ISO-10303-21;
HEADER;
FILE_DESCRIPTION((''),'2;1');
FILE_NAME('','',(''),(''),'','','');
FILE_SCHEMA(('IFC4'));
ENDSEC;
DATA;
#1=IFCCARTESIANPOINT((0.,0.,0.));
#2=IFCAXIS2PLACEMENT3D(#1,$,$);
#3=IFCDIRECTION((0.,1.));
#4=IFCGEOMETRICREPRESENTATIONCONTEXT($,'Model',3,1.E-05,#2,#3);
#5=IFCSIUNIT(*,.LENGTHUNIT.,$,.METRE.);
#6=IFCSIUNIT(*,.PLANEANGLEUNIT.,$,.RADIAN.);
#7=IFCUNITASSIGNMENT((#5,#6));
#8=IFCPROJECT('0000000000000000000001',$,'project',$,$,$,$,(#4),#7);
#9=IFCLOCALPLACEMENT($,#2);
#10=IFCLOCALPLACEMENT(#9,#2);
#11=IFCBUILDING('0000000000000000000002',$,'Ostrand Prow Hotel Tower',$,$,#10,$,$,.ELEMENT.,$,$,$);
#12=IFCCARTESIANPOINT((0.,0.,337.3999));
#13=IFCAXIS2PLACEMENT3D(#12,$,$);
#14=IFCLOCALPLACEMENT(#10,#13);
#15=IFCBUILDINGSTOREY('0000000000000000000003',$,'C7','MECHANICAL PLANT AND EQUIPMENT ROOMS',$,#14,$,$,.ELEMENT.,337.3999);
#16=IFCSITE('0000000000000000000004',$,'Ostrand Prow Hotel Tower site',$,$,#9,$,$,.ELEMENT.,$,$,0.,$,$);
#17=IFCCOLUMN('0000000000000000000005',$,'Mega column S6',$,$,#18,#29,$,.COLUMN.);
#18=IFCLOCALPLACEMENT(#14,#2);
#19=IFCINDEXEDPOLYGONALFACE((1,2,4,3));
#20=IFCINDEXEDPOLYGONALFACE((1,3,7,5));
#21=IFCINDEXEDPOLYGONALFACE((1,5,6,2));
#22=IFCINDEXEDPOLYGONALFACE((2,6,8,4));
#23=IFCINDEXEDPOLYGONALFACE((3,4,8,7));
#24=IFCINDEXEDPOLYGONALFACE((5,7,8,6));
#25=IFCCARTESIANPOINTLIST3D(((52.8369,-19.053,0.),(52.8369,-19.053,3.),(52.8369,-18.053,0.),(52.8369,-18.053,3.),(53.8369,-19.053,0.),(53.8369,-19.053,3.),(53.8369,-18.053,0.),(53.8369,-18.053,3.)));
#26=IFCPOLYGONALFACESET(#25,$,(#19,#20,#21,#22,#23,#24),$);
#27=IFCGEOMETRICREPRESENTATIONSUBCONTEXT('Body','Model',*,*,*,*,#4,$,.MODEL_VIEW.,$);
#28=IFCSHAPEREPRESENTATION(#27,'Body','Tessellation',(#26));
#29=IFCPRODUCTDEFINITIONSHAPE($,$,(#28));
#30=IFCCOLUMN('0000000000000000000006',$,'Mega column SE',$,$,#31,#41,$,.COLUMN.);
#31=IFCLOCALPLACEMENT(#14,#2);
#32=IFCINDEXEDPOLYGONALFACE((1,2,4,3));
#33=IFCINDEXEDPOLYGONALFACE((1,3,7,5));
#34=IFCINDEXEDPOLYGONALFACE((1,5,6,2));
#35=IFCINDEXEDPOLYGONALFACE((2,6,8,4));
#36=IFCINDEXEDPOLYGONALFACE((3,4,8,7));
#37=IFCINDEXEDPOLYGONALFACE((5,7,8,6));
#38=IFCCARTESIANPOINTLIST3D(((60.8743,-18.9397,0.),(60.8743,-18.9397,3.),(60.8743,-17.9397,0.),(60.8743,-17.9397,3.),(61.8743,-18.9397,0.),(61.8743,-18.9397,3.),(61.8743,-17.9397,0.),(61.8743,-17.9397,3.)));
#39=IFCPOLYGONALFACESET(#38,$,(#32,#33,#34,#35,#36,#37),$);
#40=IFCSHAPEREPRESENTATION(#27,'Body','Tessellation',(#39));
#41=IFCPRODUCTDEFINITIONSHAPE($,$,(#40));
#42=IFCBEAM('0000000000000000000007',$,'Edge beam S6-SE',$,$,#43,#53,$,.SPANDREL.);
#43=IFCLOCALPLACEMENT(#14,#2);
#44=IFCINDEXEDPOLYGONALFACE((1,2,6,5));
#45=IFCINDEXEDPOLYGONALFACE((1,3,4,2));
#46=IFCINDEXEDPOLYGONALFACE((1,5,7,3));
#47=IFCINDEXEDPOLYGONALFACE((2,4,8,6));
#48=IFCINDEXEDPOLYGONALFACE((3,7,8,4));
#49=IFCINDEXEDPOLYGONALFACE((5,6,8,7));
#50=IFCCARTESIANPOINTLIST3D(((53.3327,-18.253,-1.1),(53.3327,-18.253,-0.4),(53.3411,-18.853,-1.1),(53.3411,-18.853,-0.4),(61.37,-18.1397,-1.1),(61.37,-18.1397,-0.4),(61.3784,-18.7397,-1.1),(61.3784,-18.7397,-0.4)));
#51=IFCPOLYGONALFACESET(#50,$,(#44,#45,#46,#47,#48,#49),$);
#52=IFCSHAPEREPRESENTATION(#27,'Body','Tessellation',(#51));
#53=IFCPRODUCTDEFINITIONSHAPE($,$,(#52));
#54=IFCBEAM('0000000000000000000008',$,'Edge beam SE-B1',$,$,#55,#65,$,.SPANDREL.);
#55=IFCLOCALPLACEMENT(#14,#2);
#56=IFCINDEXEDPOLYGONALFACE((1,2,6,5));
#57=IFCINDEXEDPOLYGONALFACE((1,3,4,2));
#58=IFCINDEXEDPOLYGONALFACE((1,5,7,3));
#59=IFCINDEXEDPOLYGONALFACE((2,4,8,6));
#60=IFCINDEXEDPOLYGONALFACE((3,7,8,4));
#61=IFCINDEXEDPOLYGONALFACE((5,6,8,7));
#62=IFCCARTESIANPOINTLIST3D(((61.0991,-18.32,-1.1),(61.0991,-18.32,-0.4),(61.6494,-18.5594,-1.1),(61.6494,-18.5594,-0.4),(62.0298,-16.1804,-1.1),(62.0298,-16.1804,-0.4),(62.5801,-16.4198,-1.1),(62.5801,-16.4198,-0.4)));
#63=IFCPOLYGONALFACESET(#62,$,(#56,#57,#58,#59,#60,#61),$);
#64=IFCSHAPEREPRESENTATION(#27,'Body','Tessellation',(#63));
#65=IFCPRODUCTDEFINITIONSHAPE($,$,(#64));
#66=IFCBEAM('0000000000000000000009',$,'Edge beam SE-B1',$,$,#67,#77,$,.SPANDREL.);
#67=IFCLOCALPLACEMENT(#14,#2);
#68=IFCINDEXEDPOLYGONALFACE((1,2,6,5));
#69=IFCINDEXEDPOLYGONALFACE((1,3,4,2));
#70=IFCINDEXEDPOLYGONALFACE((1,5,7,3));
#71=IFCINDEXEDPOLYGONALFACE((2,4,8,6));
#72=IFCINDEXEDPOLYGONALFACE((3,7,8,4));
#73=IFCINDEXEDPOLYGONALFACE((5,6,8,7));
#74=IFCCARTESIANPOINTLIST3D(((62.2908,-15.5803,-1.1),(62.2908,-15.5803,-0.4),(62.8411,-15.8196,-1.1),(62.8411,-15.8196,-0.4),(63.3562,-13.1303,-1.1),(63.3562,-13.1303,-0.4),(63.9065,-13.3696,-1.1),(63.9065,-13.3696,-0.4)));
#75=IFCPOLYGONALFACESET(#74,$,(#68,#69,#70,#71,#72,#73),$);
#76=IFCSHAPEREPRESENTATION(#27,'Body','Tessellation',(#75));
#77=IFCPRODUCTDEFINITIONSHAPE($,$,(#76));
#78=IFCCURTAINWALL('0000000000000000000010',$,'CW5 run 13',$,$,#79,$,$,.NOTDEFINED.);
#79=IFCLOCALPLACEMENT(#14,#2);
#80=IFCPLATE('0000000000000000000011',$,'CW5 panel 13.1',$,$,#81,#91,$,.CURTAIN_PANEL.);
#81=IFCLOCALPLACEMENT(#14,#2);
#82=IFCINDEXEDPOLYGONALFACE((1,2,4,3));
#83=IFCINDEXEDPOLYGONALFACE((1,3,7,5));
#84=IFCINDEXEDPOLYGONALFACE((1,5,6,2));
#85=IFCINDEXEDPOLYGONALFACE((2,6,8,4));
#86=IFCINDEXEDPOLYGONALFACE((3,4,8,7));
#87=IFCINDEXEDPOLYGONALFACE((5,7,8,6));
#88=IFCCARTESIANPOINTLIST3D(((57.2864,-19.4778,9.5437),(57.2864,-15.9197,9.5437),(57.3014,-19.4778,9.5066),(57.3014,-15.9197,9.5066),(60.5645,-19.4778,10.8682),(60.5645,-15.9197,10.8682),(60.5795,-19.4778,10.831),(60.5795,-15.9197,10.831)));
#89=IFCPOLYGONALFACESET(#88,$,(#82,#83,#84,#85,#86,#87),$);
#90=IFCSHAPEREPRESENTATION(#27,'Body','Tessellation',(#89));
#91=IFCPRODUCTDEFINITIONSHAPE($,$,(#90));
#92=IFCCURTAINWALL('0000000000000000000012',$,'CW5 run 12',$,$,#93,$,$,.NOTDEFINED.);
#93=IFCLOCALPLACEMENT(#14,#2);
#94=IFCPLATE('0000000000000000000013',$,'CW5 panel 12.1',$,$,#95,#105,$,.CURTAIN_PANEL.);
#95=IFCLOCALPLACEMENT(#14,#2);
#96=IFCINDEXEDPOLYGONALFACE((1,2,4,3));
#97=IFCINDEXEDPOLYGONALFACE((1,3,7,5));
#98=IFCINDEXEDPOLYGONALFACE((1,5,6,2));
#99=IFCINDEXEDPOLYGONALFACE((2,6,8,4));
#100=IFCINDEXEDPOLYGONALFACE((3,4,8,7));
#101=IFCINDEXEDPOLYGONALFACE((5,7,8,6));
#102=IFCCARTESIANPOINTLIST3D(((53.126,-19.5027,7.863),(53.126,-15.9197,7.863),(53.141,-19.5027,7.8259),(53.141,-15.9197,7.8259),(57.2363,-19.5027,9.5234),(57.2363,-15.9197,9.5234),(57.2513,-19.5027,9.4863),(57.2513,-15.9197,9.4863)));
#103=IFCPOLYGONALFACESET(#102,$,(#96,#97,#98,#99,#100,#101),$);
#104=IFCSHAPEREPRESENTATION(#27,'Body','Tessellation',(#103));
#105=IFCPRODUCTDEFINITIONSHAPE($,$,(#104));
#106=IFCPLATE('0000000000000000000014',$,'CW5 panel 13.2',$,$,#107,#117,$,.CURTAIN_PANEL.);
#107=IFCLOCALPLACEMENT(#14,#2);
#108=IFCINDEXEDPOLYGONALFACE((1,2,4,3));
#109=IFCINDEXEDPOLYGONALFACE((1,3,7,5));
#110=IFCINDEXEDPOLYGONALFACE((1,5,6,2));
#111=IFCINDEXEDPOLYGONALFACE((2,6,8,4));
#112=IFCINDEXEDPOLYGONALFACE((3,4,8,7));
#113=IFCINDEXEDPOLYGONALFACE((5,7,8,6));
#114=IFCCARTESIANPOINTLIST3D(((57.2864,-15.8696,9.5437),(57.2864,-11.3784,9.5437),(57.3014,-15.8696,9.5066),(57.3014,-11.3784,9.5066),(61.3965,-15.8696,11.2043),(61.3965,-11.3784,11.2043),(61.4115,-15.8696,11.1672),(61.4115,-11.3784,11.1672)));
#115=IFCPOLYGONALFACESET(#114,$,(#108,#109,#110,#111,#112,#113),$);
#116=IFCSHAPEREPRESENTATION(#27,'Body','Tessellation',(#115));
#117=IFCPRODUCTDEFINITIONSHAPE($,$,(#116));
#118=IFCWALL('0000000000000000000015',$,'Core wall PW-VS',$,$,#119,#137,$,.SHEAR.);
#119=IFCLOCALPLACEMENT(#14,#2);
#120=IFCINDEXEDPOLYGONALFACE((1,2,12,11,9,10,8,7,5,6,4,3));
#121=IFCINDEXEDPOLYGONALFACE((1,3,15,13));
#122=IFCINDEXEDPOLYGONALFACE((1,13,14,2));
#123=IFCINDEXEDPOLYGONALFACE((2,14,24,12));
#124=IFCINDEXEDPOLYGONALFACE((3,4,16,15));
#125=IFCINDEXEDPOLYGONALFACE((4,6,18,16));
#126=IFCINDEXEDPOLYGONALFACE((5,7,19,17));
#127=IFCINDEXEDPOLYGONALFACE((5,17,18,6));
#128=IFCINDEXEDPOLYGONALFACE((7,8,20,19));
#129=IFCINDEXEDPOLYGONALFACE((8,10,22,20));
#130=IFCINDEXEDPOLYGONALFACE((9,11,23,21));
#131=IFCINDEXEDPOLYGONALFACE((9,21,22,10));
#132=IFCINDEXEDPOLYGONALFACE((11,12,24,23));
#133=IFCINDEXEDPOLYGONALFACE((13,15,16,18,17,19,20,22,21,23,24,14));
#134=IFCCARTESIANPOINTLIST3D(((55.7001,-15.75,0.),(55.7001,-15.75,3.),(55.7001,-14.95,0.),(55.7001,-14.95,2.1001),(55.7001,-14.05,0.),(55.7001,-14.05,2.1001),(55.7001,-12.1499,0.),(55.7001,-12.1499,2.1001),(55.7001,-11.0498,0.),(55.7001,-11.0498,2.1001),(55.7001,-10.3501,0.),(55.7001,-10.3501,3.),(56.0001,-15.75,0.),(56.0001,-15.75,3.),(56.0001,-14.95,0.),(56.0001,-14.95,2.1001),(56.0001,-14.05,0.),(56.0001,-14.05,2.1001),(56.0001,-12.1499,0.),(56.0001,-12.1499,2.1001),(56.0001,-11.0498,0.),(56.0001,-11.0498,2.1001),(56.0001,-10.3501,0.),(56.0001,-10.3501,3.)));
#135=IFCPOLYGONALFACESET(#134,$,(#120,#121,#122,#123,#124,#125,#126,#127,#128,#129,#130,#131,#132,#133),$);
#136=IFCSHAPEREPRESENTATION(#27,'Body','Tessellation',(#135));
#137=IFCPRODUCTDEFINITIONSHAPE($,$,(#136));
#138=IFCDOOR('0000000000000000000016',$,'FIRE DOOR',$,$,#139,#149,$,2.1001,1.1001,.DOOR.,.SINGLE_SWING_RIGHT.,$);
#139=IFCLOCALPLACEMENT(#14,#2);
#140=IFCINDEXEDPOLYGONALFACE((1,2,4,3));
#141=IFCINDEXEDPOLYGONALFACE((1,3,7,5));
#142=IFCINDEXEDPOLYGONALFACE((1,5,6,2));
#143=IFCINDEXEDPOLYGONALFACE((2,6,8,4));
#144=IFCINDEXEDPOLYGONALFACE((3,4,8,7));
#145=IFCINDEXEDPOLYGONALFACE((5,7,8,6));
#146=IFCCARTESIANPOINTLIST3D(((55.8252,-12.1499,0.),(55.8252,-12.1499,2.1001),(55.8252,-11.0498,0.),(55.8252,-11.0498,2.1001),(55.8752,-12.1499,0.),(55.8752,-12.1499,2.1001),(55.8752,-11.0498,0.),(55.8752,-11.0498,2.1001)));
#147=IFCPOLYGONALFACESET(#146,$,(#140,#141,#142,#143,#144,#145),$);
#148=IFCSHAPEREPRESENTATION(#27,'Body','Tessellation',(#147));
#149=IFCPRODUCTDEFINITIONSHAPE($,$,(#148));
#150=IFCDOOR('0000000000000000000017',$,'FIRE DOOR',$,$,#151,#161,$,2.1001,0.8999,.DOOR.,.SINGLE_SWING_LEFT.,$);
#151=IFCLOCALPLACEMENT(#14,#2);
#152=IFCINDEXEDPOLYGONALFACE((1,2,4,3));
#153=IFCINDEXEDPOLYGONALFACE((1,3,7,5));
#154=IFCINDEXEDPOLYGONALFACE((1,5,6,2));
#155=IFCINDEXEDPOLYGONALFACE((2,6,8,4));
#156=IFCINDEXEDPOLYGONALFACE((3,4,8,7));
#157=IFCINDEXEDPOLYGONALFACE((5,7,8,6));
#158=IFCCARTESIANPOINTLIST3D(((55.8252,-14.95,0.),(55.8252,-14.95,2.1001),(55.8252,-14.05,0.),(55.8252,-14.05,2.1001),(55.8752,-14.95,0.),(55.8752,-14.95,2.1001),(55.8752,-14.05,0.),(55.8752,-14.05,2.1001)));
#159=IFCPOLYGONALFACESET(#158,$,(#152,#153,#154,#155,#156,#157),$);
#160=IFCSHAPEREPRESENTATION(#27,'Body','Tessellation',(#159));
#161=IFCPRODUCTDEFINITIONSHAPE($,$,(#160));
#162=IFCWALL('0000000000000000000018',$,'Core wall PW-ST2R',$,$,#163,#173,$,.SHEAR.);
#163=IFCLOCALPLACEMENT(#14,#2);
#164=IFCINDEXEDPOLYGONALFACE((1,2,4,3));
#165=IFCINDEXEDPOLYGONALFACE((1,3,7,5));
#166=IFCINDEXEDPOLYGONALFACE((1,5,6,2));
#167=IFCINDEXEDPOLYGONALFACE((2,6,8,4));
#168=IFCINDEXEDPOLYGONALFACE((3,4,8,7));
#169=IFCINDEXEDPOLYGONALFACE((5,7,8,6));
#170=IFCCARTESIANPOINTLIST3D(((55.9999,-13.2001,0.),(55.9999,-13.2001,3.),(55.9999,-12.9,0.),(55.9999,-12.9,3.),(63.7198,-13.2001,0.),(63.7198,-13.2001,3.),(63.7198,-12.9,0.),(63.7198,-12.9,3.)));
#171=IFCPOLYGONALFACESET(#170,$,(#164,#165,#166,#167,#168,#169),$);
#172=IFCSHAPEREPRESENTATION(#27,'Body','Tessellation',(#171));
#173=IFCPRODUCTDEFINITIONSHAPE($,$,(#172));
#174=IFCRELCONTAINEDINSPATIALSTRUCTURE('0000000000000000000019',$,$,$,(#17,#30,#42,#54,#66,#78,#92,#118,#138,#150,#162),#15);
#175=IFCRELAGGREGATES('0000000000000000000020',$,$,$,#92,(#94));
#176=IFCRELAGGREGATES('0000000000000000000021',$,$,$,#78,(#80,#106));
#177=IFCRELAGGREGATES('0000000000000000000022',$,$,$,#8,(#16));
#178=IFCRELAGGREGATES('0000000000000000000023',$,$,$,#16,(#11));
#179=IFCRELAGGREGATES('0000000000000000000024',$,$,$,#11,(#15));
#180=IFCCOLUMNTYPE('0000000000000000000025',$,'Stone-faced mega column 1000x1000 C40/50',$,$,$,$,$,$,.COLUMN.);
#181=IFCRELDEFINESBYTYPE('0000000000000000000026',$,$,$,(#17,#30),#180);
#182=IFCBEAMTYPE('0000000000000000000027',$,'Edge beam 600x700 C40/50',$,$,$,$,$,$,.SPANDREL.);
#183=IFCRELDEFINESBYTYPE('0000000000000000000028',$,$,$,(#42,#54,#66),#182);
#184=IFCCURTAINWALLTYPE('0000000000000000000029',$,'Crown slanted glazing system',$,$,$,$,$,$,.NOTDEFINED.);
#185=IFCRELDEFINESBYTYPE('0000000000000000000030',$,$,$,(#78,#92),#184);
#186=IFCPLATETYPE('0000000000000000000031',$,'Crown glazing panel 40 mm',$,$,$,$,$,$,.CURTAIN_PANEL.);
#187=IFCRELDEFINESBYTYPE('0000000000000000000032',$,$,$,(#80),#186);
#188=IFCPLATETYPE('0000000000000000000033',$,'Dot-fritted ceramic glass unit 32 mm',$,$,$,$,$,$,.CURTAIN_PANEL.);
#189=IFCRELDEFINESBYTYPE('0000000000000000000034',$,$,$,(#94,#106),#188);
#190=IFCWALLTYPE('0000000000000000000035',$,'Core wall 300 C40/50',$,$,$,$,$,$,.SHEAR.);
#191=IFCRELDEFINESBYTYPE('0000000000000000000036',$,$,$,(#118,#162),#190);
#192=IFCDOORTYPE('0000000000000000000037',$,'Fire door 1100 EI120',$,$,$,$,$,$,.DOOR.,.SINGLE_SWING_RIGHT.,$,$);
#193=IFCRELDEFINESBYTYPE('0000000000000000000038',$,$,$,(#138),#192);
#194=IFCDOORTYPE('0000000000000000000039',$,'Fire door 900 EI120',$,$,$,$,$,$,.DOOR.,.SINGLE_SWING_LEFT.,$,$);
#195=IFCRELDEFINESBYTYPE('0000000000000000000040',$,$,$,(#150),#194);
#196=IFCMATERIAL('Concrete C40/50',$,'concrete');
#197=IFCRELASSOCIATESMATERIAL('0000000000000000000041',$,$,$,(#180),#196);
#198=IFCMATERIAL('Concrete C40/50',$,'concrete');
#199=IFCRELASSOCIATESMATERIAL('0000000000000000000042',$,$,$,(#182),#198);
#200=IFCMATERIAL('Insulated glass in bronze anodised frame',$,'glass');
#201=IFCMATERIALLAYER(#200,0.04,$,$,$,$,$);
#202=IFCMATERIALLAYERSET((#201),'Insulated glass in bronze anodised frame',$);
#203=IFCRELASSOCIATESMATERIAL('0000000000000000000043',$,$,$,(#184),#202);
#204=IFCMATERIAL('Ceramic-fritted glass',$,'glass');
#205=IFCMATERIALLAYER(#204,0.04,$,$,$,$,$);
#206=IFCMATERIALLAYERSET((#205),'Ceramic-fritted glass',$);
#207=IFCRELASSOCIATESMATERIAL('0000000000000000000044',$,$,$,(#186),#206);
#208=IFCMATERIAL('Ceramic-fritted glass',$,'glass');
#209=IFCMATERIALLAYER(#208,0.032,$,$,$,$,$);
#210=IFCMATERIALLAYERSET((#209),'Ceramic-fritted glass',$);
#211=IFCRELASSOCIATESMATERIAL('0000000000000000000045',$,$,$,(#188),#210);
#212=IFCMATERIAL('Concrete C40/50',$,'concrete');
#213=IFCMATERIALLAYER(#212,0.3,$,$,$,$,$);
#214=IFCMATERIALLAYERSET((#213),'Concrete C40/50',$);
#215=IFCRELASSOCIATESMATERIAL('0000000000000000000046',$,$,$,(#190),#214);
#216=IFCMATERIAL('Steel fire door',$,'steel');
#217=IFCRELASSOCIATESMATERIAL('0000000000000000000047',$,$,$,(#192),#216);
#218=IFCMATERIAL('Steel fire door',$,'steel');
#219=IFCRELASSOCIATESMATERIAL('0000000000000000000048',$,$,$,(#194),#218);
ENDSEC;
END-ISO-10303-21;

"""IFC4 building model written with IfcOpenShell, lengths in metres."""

from ifc_helpers import new_model, si_unit, direction, frame, frame_2d, origin, origin_2d, place, context, subcontext, project, spatial, polyline, rectangle, outline, extrude, material, layer, layer_set, material_profile, profile_set, type_object, element, fill, aggregate, save


model = new_model("IFC4")

# Units and contexts
model_context = context("Model", 3, precision=1e-05, world=origin(), true_north=direction((0.0, 1.0)))
body_context = subcontext(model_context, "Body", "Model", "MODEL_VIEW")
ifc_project = project(units=[si_unit("LENGTHUNIT", "METRE"), si_unit("PLANEANGLEUNIT", "RADIAN")], contexts=[model_context])

# Site, building, storey
site_placement = place(None, origin())
site = spatial("IfcSite", under=ifc_project, at=site_placement, Name="Ostrand Prow Hotel Tower site", CompositionType="ELEMENT", RefElevation=0.0)
building_placement = place(site_placement, origin())
building = spatial("IfcBuilding", under=site, at=building_placement, Name="Ostrand Prow Hotel Tower", CompositionType="ELEMENT")
storey_placement = place(building_placement, frame((0.0, 0.0, 337.3999)))
storey = spatial("IfcBuildingStorey", under=building, at=storey_placement, Name="C7", Description="MECHANICAL PLANT AND EQUIPMENT ROOMS", CompositionType="ELEMENT", Elevation=337.3999)

# Columns
ifc_material_1 = material(Name="Concrete C40/50", Category="concrete")
ifc_material_profile_1 = material_profile(ifc_material_1, rectangle(XDim=1.0, YDim=1.0, at=origin_2d()), Name="RC 1000x1000")
ifc_profile_set_1 = profile_set([ifc_material_profile_1], Name="Concrete C40/50")
column_type = type_object("IfcColumnType", Name="Stone-faced mega column 1000x1000 C40/50", PredefinedType="COLUMN", material=ifc_profile_set_1)
for number, where, z_axis, x_axis, name in (
    (1, (53.3369, -18.553, 0.0), (0.0, 0.0, 1.0), (1.0, 0.0, 0.0), "Mega column S6"),
    (2, (61.3743, -18.4397, 0.0), (0.0, 0.0, 1.0), (1.0, 0.0, 0.0), "Mega column SE"),
):
    element("IfcColumn", number, at=place(storey_placement, frame(where, z_axis=z_axis, x_axis=x_axis)), inside=storey, type_object=column_type, Name=name, PredefinedType="COLUMN", context=body_context, shape_type="SweptSolid", body=[
        extrude(rectangle(XDim=1.0, YDim=1.0, at=origin_2d()), origin(), (0.0, 0.0, 1.0), 3.0),
    ])

# Beams
ifc_material_2 = material(Name="Concrete C40/50", Category="concrete")
ifc_material_profile_2 = material_profile(ifc_material_2, rectangle(XDim=0.6001, YDim=0.7, at=origin_2d()), Name="RC 600x700")
ifc_profile_set_2 = profile_set([ifc_material_profile_2], Name="Concrete C40/50")
beam_type = type_object("IfcBeamType", Name="Edge beam 600x700 C40/50", PredefinedType="SPANDREL", material=ifc_profile_set_2)
beam_1_placement = place(storey_placement, frame((53.3369, -18.553, -0.75), z_axis=(0.999901, 0.014093, 0.0), x_axis=(-0.014093, 0.999901, 0.0)))
element("IfcBeam", 3, at=beam_1_placement, inside=storey, type_object=beam_type, Name="Edge beam S6-SE", PredefinedType="SPANDREL", context=body_context, shape_type="SweptSolid", body=[
    extrude(rectangle(XDim=0.6001, YDim=0.7, at=origin_2d()), origin(), (0.0, 0.0, 1.0), 8.0381),
])
beam_2_placement = place(storey_placement, frame((61.3743, -18.4397, -0.75), z_axis=(0.398864, 0.91701, 0.0), x_axis=(-0.91701, 0.398864, 0.0)))
element("IfcBeam", 4, at=beam_2_placement, inside=storey, type_object=beam_type, Name="Edge beam SE-B1", PredefinedType="SPANDREL", context=body_context, shape_type="SweptSolid", body=[
    extrude(rectangle(XDim=0.6001, YDim=0.7, at=origin_2d()), origin(), (0.0, 0.0, 1.0), 2.3333),
])
beam_3_placement = place(storey_placement, frame((62.5659, -15.7, -0.75), z_axis=(0.3988, 0.917038, 0.0), x_axis=(-0.917038, 0.3988, 0.0)))
element("IfcBeam", 5, at=beam_3_placement, inside=storey, type_object=beam_type, Name="Edge beam SE-B1", PredefinedType="SPANDREL", context=body_context, shape_type="SweptSolid", body=[
    extrude(rectangle(XDim=0.6001, YDim=0.7, at=origin_2d()), origin(), (0.0, 0.0, 1.0), 2.6716),
])

# Curtain walls, plates
ifc_material_3 = material(Name="Insulated glass in bronze anodised frame", Category="glass")
ifc_layer_1 = layer(ifc_material_3, 0.04)
ifc_layer_set_1 = layer_set([ifc_layer_1], Name="Insulated glass in bronze anodised frame")
curtain_wall_type = type_object("IfcCurtainWallType", Name="Crown slanted glazing system", PredefinedType="NOTDEFINED", material=ifc_layer_set_1)
curtain_wall_1_placement = place(storey_placement, origin())
curtain_wall_1 = element("IfcCurtainWall", 6, at=curtain_wall_1_placement, inside=storey, type_object=curtain_wall_type, Name="CW5 run 13", PredefinedType="NOTDEFINED")
ifc_material_4 = material(Name="Ceramic-fritted glass", Category="glass")
ifc_layer_2 = layer(ifc_material_4, 0.04)
ifc_layer_set_2 = layer_set([ifc_layer_2], Name="Ceramic-fritted glass")
plate_type_1 = type_object("IfcPlateType", Name="Crown glazing panel 40 mm", PredefinedType="CURTAIN_PANEL", material=ifc_layer_set_2)
plate_1_placement = place(storey_placement, frame((60.5645, -19.4778, 10.8682), z_axis=(-0.374615, 0.0, 0.92718), x_axis=(0.0, 1.0, 0.0)))
plate_1 = element("IfcPlate", 7, at=plate_1_placement, type_object=plate_type_1, Name="CW5 panel 13.1", PredefinedType="CURTAIN_PANEL", context=body_context, shape_type="SweptSolid", body=[
    extrude(outline(polyline([(0.0, 0.0), (3.5581, 0.0), (3.5581, 3.5355), (0.0, 3.5355), (0.0, 0.0)])), origin(), (0.0, 0.0, -1.0), 0.04),
])
curtain_wall_2_placement = place(storey_placement, origin())
curtain_wall_2 = element("IfcCurtainWall", 8, at=curtain_wall_2_placement, inside=storey, type_object=curtain_wall_type, Name="CW5 run 12", PredefinedType="NOTDEFINED")
ifc_material_5 = material(Name="Ceramic-fritted glass", Category="glass")
ifc_layer_3 = layer(ifc_material_5, 0.032)
ifc_layer_set_3 = layer_set([ifc_layer_3], Name="Ceramic-fritted glass")
plate_type_2 = type_object("IfcPlateType", Name="Dot-fritted ceramic glass unit 32 mm", PredefinedType="CURTAIN_PANEL", material=ifc_layer_set_3)
plate_2_placement = place(storey_placement, frame((57.2363, -19.5027, 9.5234), z_axis=(-0.37455, 0.0, 0.927207), x_axis=(0.0, 1.0, 0.0)))
plate_2 = element("IfcPlate", 9, at=plate_2_placement, type_object=plate_type_2, Name="CW5 panel 12.1", PredefinedType="CURTAIN_PANEL", context=body_context, shape_type="SweptSolid", body=[
    extrude(outline(polyline([(0.0, 0.0), (3.583, 0.0), (3.583, 4.433), (0.0, 4.433), (0.0, 0.0)])), origin(), (0.0, 0.0, -1.0), 0.04),
])
aggregate(curtain_wall_2, [plate_2])

# Plate
plate_3_placement = place(storey_placement, frame((57.2864, -15.8696, 9.5437), z_axis=(-0.374617, 0.0, 0.92718), x_axis=(0.92718, 0.0, 0.374617)))
plate_3 = element("IfcPlate", 10, at=plate_3_placement, type_object=plate_type_2, Name="CW5 panel 13.2", PredefinedType="CURTAIN_PANEL", context=body_context, shape_type="SweptSolid", body=[
    extrude(outline(polyline([(0.0, 0.0), (4.4329, 0.0), (4.4329, 4.4912), (0.0, 4.4912), (0.0, 0.0)])), origin(), (0.0, 0.0, -1.0), 0.04),
])
aggregate(curtain_wall_1, [plate_1, plate_3])

# Wall, openings, doors
ifc_material_6 = material(Name="Concrete C40/50", Category="concrete")
ifc_layer_4 = layer(ifc_material_6, 0.3)
ifc_layer_set_4 = layer_set([ifc_layer_4], Name="Concrete C40/50")
wall_type_1 = type_object("IfcWallType", Name="Core wall 300 C40/50", PredefinedType="SHEAR", material=ifc_layer_set_4)
wall_1_placement = place(storey_placement, frame((55.8501, -15.75, 0.0), z_axis=(0.0, 0.0, 1.0), x_axis=(0.0, 1.0, 0.0)))
wall_1 = element("IfcWall", 11, at=wall_1_placement, inside=storey, type_object=wall_type_1, Name="Core wall PW-VS", PredefinedType="SHEAR", context=body_context, shape_type="SweptSolid", body=[
    extrude(rectangle(XDim=5.3999, YDim=0.3, at=frame_2d((2.7, 0.0))), origin(), (0.0, 0.0, 1.0), 3.0),
])
opening_1_placement = place(wall_1_placement, frame((3.6001, 0.0, 0.0)))
opening_1 = element("IfcOpeningElement", 12, at=opening_1_placement, cuts=wall_1, PredefinedType="OPENING", context=body_context, shape_type="SweptSolid", body=[
    extrude(rectangle(XDim=1.1001, YDim=2.1001, at=frame_2d((0.55, 1.05))), frame((0.0, 0.1599, 0.0), z_axis=(0.0, -1.0, 0.0), x_axis=(1.0, 0.0, 0.0)), (0.0, 0.0, 1.0), 0.3201),
])
opening_2_placement = place(wall_1_placement, frame((0.8, 0.0, 0.0)))
opening_2 = element("IfcOpeningElement", 13, at=opening_2_placement, cuts=wall_1, PredefinedType="OPENING", context=body_context, shape_type="SweptSolid", body=[
    extrude(rectangle(XDim=0.8999, YDim=2.1001, at=frame_2d((0.45, 1.05))), frame((0.0, 0.1599, 0.0), z_axis=(0.0, -1.0, 0.0), x_axis=(1.0, 0.0, 0.0)), (0.0, 0.0, 1.0), 0.3201),
])
ifc_material_7 = material(Name="Steel fire door", Category="steel")
door_type_1 = type_object("IfcDoorType", Name="Fire door 1100 EI120", OperationType="SINGLE_SWING_RIGHT", PredefinedType="DOOR", material=ifc_material_7)
door_1_placement = place(opening_1_placement, origin())
door_1 = element("IfcDoor", 14, at=door_1_placement, inside=storey, type_object=door_type_1, Name="FIRE DOOR", OperationType="SINGLE_SWING_RIGHT", OverallHeight=2.1001, OverallWidth=1.1001, PredefinedType="DOOR", context=body_context, shape_type="SweptSolid", body=[
    extrude(rectangle(XDim=1.1001, YDim=2.1001, at=frame_2d((0.55, 1.05))), frame((0.0, 0.0249, 0.0), z_axis=(0.0, -1.0, 0.0), x_axis=(1.0, 0.0, 0.0)), (0.0, 0.0, 1.0), 0.05),
])
fill(opening_1, door_1)
ifc_material_8 = material(Name="Steel fire door", Category="steel")
door_type_2 = type_object("IfcDoorType", Name="Fire door 900 EI120", OperationType="SINGLE_SWING_LEFT", PredefinedType="DOOR", material=ifc_material_8)
door_2_placement = place(opening_2_placement, origin())
door_2 = element("IfcDoor", 15, at=door_2_placement, inside=storey, type_object=door_type_2, Name="FIRE DOOR", OperationType="SINGLE_SWING_LEFT", OverallHeight=2.1001, OverallWidth=0.8999, PredefinedType="DOOR", context=body_context, shape_type="SweptSolid", body=[
    extrude(rectangle(XDim=0.8999, YDim=2.1001, at=frame_2d((0.45, 1.05))), frame((0.0, 0.0249, 0.0), z_axis=(0.0, -1.0, 0.0), x_axis=(1.0, 0.0, 0.0)), (0.0, 0.0, 1.0), 0.05),
])
fill(opening_2, door_2)

# Wall
wall_2_placement = place(storey_placement, frame((56.0, -13.05, 0.0), z_axis=(0.0, 0.0, 1.0), x_axis=(1.0, 0.0, 0.0)))
element("IfcWall", 16, at=wall_2_placement, inside=storey, type_object=wall_type_1, Name="Core wall PW-ST2R", PredefinedType="SHEAR", context=body_context, shape_type="SweptSolid", body=[
    extrude(rectangle(XDim=7.72, YDim=0.3, at=frame_2d((3.8599, 0.0))), origin(), (0.0, 0.0, 1.0), 3.0),
])

save(model, "model.ifc")
